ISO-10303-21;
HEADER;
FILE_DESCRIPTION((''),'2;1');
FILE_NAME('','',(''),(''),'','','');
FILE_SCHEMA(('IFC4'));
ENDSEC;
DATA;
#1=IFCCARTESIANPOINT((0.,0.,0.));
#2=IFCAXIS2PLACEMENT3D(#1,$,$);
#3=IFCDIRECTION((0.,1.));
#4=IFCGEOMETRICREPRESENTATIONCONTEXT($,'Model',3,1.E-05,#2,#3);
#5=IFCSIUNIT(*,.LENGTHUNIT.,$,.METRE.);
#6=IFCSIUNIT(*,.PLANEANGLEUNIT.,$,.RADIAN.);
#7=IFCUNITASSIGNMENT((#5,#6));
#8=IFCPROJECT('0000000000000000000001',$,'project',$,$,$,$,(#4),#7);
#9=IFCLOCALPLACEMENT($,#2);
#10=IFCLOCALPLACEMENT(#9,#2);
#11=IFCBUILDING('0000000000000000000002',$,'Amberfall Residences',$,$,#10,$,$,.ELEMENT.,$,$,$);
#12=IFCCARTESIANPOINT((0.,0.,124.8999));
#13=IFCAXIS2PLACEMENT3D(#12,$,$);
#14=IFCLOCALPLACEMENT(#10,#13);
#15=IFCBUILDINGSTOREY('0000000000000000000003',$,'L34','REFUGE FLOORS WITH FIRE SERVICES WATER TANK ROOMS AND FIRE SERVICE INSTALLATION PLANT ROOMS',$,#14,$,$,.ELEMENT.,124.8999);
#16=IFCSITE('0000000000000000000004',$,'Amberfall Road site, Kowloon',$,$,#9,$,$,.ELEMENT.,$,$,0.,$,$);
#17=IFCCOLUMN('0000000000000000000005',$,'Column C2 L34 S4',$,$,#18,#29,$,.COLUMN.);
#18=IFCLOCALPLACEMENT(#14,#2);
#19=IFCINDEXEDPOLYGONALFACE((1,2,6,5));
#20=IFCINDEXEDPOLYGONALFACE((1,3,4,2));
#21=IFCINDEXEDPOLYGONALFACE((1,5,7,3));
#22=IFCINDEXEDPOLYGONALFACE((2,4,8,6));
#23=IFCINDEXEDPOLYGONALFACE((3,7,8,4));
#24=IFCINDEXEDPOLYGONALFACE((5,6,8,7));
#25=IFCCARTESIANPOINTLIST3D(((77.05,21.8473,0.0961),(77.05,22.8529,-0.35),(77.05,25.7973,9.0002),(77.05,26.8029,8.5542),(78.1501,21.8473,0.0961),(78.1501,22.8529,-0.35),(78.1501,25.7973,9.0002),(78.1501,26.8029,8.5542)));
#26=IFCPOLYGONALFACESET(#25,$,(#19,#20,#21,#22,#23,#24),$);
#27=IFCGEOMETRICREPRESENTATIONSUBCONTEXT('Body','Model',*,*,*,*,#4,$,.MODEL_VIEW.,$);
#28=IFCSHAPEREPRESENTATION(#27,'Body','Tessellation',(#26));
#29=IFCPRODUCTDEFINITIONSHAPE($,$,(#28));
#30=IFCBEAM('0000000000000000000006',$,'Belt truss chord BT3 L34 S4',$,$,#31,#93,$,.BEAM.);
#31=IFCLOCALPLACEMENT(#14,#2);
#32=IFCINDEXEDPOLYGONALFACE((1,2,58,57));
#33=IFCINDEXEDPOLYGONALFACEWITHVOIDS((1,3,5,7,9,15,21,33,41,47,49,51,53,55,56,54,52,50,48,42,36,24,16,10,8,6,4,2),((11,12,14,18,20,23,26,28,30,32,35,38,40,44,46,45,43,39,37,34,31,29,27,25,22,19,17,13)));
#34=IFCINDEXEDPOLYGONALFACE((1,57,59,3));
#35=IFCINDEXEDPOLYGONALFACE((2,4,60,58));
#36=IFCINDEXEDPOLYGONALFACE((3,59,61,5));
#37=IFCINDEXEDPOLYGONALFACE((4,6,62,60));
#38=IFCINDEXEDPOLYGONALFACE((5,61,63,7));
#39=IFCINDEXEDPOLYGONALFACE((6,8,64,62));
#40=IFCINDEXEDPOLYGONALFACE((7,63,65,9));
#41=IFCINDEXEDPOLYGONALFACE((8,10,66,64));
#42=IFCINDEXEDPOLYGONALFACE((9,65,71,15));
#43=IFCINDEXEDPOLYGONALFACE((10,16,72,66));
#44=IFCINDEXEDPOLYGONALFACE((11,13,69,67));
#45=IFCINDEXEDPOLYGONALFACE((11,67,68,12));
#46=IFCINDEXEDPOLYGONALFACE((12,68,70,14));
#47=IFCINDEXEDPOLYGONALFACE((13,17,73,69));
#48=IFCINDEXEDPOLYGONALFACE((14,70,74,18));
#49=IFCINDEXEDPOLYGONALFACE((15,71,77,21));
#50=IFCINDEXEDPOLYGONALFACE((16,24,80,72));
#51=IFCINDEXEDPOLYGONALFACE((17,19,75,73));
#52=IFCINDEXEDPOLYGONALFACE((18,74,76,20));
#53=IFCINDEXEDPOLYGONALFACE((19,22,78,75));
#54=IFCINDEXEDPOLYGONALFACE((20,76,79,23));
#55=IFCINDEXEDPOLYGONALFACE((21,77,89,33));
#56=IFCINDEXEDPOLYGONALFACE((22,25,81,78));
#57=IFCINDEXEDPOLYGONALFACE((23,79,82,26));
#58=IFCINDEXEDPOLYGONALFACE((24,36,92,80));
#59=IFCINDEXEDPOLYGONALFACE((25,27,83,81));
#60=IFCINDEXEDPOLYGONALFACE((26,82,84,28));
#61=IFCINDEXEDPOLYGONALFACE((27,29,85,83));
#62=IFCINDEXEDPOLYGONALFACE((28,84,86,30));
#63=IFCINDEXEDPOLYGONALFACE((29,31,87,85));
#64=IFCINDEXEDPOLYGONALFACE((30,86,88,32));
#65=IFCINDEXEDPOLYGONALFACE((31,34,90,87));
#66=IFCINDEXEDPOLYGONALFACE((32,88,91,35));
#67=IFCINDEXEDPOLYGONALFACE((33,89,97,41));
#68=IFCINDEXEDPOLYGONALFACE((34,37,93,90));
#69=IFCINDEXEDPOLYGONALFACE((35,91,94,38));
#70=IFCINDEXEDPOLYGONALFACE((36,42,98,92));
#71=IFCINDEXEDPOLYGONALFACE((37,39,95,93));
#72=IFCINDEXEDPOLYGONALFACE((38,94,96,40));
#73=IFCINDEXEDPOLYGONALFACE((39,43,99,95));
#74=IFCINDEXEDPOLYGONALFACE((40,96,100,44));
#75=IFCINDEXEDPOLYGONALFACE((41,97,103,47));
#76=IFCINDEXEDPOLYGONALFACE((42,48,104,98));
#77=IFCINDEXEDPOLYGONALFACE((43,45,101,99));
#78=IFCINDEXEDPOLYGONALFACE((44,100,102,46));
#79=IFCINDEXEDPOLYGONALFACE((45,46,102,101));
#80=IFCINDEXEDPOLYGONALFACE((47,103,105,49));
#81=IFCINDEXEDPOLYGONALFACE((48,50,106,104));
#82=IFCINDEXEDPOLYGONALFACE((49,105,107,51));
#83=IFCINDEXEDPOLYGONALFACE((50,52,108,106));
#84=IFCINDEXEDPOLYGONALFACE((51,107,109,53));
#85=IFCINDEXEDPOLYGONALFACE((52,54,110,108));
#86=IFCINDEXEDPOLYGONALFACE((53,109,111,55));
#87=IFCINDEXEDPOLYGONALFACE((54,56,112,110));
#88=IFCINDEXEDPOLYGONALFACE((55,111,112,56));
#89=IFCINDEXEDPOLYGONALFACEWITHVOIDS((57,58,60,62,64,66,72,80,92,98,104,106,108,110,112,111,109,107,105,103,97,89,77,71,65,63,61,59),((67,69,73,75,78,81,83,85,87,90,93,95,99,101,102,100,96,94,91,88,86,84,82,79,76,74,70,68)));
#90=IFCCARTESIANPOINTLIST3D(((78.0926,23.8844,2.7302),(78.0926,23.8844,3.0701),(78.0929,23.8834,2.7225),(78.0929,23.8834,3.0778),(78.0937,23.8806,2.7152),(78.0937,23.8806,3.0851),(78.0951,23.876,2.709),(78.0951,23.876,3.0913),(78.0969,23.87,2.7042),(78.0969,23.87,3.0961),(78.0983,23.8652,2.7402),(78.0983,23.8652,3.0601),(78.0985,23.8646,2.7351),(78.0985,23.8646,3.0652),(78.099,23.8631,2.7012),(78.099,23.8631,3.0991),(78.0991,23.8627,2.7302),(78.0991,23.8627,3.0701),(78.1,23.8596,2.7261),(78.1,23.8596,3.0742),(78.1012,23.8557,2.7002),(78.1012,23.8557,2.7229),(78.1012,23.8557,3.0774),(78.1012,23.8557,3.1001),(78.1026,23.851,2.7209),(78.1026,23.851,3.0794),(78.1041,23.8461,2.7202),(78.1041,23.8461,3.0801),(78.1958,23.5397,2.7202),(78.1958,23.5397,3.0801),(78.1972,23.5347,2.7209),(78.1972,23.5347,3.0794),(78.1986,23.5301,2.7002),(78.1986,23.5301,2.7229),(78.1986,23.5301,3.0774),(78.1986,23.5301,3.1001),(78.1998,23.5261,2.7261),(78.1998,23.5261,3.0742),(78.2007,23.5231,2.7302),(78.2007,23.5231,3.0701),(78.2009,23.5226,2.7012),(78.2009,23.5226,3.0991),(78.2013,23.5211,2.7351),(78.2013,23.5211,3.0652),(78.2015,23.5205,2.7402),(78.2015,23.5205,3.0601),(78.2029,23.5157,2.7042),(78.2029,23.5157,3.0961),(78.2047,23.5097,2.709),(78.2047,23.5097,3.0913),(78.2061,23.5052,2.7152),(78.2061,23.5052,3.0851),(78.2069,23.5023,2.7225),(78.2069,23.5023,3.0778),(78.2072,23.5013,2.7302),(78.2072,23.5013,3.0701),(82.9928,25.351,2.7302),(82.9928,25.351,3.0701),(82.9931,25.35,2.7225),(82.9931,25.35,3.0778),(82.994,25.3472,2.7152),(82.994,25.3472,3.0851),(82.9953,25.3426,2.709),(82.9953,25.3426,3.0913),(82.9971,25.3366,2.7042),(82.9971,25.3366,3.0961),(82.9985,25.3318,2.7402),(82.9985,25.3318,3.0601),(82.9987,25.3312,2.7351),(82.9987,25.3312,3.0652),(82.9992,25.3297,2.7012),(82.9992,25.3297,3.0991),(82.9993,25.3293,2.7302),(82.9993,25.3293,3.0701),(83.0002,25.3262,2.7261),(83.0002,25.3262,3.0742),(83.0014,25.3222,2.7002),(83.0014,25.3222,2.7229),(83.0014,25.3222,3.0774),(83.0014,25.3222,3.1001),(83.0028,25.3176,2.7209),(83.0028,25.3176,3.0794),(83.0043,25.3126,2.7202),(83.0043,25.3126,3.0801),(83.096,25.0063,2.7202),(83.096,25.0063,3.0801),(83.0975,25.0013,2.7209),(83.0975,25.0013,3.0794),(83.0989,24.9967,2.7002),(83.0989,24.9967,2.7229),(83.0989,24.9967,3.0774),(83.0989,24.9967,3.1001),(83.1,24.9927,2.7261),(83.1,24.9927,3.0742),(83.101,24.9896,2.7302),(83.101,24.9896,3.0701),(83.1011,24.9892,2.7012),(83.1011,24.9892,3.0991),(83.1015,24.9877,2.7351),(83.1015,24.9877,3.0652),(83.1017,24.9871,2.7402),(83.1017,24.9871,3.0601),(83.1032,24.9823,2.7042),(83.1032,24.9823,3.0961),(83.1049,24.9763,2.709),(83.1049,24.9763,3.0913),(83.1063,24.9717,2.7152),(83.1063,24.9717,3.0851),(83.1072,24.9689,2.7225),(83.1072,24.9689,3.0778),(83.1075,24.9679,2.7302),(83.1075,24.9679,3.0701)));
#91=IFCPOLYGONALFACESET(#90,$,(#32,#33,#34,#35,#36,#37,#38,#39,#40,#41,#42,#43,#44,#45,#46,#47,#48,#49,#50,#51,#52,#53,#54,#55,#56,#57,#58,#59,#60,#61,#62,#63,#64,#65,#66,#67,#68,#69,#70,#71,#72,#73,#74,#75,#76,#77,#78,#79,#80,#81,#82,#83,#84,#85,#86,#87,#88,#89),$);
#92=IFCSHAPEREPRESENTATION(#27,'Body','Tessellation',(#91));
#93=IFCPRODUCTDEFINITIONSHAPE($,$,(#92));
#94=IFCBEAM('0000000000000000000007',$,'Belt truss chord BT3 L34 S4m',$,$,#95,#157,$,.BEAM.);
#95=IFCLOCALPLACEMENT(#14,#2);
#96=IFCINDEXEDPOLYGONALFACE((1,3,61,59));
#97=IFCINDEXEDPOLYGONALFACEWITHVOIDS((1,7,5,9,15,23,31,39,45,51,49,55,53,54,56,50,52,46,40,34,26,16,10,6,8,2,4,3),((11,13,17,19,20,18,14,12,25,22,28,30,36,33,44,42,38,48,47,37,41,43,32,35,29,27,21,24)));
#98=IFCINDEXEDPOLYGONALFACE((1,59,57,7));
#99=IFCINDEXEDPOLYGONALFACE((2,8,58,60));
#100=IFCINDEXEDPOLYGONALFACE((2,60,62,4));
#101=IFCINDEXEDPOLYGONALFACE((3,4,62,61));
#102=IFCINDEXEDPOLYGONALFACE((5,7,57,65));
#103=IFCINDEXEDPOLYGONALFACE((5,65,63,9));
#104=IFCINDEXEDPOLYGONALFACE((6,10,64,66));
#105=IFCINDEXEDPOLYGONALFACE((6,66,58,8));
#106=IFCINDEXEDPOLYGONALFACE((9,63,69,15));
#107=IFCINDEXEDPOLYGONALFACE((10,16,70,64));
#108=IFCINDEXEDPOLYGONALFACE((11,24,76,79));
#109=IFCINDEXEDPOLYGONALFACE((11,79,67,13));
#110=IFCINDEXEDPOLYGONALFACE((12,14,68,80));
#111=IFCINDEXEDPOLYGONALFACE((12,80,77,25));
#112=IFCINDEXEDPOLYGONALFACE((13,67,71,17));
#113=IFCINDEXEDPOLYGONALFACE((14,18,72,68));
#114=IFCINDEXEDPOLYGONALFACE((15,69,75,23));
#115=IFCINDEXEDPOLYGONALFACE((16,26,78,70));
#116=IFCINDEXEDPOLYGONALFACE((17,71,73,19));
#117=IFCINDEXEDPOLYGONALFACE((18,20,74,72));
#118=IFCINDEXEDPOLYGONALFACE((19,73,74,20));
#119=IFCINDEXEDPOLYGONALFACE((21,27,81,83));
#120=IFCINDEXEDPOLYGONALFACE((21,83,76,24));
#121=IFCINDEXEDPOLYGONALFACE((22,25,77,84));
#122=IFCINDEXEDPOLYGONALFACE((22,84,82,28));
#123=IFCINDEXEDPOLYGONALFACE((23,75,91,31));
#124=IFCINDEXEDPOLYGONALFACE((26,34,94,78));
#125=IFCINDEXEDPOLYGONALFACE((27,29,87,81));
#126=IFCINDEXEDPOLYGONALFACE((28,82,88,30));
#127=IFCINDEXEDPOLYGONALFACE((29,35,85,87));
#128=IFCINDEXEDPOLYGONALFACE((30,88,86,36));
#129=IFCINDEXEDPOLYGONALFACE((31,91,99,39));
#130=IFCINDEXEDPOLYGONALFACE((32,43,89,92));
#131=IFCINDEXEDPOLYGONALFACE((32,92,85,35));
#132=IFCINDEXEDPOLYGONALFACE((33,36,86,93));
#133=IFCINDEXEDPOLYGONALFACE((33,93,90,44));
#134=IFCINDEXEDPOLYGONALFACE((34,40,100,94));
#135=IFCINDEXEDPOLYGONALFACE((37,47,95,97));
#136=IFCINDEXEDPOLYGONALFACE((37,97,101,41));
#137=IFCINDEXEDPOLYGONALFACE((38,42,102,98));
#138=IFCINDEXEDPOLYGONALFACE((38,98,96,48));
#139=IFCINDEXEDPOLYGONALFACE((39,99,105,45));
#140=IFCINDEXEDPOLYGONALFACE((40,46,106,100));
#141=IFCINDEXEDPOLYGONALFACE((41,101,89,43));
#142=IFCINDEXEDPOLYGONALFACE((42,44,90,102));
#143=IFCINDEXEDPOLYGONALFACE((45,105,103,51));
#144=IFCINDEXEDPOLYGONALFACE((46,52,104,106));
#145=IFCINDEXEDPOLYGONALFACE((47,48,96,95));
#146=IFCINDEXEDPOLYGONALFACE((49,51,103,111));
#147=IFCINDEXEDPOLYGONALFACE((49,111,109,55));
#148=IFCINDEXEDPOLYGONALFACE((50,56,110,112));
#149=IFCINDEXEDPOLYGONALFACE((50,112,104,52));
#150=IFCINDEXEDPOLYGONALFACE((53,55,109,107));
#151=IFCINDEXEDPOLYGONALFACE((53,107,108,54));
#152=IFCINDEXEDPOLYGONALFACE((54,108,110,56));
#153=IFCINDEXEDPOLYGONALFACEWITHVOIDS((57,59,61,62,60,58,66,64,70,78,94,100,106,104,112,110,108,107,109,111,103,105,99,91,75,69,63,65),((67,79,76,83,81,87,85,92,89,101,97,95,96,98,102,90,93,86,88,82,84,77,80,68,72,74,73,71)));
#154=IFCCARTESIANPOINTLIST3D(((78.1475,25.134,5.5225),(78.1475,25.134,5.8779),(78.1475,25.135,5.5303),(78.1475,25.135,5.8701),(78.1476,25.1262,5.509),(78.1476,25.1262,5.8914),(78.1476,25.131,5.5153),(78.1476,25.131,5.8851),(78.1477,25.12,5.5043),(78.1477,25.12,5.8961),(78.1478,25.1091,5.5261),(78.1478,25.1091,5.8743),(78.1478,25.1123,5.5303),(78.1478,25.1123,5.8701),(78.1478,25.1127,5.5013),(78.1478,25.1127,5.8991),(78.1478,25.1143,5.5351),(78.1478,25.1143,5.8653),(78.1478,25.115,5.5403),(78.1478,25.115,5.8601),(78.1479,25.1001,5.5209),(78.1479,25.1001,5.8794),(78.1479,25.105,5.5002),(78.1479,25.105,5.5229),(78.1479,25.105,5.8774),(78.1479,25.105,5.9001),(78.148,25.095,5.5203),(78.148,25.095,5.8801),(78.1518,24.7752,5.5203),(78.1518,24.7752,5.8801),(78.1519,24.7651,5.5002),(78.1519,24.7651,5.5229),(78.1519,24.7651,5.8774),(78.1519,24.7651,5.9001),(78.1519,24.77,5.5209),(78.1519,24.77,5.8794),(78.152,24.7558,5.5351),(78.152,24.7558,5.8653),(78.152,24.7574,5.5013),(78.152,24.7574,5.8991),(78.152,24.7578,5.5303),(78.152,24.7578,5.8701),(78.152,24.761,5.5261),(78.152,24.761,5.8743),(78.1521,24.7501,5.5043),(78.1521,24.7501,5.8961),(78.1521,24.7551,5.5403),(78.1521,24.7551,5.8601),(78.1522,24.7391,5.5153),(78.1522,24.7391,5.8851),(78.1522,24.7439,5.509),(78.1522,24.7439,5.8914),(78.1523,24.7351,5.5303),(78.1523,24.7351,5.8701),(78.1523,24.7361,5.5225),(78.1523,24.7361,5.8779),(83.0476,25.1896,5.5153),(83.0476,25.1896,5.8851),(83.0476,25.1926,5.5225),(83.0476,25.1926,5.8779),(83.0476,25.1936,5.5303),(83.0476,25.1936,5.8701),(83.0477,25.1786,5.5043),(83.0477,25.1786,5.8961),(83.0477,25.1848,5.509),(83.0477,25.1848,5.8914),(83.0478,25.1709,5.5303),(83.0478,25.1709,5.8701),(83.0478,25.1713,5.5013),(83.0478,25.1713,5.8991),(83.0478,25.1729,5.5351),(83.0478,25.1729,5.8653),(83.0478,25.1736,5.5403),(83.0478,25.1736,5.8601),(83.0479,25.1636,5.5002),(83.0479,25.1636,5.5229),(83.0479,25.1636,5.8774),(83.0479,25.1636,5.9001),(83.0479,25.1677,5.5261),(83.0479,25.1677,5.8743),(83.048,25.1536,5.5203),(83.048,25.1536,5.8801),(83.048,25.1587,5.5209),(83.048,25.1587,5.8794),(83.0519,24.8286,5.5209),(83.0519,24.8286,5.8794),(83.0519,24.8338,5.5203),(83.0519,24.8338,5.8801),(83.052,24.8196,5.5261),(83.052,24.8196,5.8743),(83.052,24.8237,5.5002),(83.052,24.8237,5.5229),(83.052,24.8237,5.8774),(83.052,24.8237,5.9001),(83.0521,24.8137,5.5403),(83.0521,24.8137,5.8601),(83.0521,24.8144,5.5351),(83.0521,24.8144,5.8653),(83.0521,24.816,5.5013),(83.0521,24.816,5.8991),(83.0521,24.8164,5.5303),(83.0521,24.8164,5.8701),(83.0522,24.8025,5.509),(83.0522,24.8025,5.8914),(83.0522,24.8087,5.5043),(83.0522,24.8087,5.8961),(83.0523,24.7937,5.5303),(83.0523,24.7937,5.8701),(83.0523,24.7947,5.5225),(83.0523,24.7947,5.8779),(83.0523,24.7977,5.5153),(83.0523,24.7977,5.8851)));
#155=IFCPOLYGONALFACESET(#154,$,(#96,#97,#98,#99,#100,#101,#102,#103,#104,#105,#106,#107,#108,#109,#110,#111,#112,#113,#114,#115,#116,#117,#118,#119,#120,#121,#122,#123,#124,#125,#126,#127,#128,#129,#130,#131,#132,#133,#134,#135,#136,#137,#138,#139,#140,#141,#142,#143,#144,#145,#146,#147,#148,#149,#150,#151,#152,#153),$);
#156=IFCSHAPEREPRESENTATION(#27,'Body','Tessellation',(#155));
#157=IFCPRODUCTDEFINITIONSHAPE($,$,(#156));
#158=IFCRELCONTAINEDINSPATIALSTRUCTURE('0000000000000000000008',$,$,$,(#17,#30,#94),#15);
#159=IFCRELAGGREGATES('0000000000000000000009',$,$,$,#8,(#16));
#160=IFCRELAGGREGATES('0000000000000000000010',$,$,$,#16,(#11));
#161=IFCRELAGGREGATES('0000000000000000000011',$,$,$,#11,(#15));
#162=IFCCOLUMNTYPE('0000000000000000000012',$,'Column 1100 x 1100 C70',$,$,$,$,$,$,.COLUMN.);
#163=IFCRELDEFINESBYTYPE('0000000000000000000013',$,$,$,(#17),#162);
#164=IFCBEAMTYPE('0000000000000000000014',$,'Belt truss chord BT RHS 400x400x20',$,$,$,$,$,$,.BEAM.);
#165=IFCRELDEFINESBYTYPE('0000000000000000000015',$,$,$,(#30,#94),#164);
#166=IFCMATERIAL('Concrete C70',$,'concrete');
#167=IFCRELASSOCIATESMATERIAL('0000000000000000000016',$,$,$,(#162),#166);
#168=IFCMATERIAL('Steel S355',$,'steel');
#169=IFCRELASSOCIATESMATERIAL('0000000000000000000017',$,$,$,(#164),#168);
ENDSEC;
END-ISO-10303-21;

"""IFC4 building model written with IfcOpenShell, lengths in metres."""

from ifc_helpers import new_model, si_unit, direction, frame, origin, origin_2d, place, context, subcontext, project, spatial, rectangle, hollow_rectangle, extrude, material, material_profile, profile_set, type_object, element, save


model = new_model("IFC4")

# Units and contexts
model_context = context("Model", 3, precision=1e-05, world=origin(), true_north=direction((0.0, 1.0)))
body_context = subcontext(model_context, "Body", "Model", "MODEL_VIEW")
ifc_project = project(units=[si_unit("LENGTHUNIT", "METRE"), si_unit("PLANEANGLEUNIT", "RADIAN")], contexts=[model_context])

# Site, building, storey
site_placement = place(None, origin())
site = spatial("IfcSite", under=ifc_project, at=site_placement, Name="Amberfall Road site, Kowloon", CompositionType="ELEMENT", RefElevation=0.0)
building_placement = place(site_placement, origin())
building = spatial("IfcBuilding", under=site, at=building_placement, Name="Amberfall Residences", CompositionType="ELEMENT")
storey_placement = place(building_placement, frame((0.0, 0.0, 124.8999)))
storey = spatial("IfcBuildingStorey", under=building, at=storey_placement, Name="L34", Description="REFUGE FLOORS WITH FIRE SERVICES WATER TANK ROOMS AND FIRE SERVICE INSTALLATION PLANT ROOMS", CompositionType="ELEMENT", Elevation=124.8999)

# Column
ifc_material_1 = material(Name="Concrete C70", Category="concrete")
ifc_material_profile_1 = material_profile(ifc_material_1, rectangle(XDim=1.1001, YDim=1.1001, at=origin_2d()), Name="Column 1100 x 1100 C70")
ifc_profile_set_1 = profile_set([ifc_material_profile_1], Name="Concrete C70")
column_type = type_object("IfcColumnType", Name="Column 1100 x 1100 C70", PredefinedType="COLUMN", material=ifc_profile_set_1)
column_placement = place(storey_placement, frame((77.6001, 22.3501, -0.127), z_axis=(0.0, 0.405504, 0.914093), x_axis=(-1.0, 0.0, 0.0)))
element("IfcColumn", 1, at=column_placement, inside=storey, type_object=column_type, Name="Column C2 L34 S4", PredefinedType="COLUMN", context=body_context, shape_type="SweptSolid", body=[
    extrude(rectangle(XDim=1.1001, YDim=1.1001, at=origin_2d()), origin(), (0.0, 0.0, 1.0), 9.741),
])

# Beams
ifc_material_2 = material(Name="Steel S355", Category="steel")
ifc_material_profile_2 = material_profile(ifc_material_2, hollow_rectangle(XDim=0.3999, YDim=0.3999, WallThickness=0.02, InnerFilletRadius=0.02, OuterFilletRadius=0.03, at=origin_2d()), Name="RHS 400x400x20")
ifc_profile_set_2 = profile_set([ifc_material_profile_2], Name="Steel S355")
beam_type_1 = type_object("IfcBeamType", Name="Belt truss chord BT RHS 400x400x20", PredefinedType="BEAM", material=ifc_profile_set_2)
beam_1_placement = place(storey_placement, frame((78.1499, 23.6929, 2.9001), z_axis=(0.958014, 0.286722, 0.0), x_axis=(-0.286722, 0.958014, 0.0)))
element("IfcBeam", 2, at=beam_1_placement, inside=storey, type_object=beam_type_1, Name="Belt truss chord BT3 L34 S4", PredefinedType="BEAM", context=body_context, shape_type="SweptSolid", body=[
    extrude(hollow_rectangle(XDim=0.3999, YDim=0.3999, WallThickness=0.02, InnerFilletRadius=0.02, OuterFilletRadius=0.03, at=origin_2d()), origin(), (0.0, 0.0, 1.0), 5.115),
])
beam_2_placement = place(storey_placement, frame((78.1499, 24.9351, 5.7002), z_axis=(0.999929, 0.011957, 0.0), x_axis=(-0.011957, 0.999929, 0.0)))
element("IfcBeam", 3, at=beam_2_placement, inside=storey, type_object=beam_type_1, Name="Belt truss chord BT3 L34 S4m", PredefinedType="BEAM", context=body_context, shape_type="SweptSolid", body=[
    extrude(hollow_rectangle(XDim=0.3999, YDim=0.3999, WallThickness=0.02, InnerFilletRadius=0.02, OuterFilletRadius=0.03, at=origin_2d()), origin(), (0.0, 0.0, 1.0), 4.9004),
])

save(model, "model.ifc")
